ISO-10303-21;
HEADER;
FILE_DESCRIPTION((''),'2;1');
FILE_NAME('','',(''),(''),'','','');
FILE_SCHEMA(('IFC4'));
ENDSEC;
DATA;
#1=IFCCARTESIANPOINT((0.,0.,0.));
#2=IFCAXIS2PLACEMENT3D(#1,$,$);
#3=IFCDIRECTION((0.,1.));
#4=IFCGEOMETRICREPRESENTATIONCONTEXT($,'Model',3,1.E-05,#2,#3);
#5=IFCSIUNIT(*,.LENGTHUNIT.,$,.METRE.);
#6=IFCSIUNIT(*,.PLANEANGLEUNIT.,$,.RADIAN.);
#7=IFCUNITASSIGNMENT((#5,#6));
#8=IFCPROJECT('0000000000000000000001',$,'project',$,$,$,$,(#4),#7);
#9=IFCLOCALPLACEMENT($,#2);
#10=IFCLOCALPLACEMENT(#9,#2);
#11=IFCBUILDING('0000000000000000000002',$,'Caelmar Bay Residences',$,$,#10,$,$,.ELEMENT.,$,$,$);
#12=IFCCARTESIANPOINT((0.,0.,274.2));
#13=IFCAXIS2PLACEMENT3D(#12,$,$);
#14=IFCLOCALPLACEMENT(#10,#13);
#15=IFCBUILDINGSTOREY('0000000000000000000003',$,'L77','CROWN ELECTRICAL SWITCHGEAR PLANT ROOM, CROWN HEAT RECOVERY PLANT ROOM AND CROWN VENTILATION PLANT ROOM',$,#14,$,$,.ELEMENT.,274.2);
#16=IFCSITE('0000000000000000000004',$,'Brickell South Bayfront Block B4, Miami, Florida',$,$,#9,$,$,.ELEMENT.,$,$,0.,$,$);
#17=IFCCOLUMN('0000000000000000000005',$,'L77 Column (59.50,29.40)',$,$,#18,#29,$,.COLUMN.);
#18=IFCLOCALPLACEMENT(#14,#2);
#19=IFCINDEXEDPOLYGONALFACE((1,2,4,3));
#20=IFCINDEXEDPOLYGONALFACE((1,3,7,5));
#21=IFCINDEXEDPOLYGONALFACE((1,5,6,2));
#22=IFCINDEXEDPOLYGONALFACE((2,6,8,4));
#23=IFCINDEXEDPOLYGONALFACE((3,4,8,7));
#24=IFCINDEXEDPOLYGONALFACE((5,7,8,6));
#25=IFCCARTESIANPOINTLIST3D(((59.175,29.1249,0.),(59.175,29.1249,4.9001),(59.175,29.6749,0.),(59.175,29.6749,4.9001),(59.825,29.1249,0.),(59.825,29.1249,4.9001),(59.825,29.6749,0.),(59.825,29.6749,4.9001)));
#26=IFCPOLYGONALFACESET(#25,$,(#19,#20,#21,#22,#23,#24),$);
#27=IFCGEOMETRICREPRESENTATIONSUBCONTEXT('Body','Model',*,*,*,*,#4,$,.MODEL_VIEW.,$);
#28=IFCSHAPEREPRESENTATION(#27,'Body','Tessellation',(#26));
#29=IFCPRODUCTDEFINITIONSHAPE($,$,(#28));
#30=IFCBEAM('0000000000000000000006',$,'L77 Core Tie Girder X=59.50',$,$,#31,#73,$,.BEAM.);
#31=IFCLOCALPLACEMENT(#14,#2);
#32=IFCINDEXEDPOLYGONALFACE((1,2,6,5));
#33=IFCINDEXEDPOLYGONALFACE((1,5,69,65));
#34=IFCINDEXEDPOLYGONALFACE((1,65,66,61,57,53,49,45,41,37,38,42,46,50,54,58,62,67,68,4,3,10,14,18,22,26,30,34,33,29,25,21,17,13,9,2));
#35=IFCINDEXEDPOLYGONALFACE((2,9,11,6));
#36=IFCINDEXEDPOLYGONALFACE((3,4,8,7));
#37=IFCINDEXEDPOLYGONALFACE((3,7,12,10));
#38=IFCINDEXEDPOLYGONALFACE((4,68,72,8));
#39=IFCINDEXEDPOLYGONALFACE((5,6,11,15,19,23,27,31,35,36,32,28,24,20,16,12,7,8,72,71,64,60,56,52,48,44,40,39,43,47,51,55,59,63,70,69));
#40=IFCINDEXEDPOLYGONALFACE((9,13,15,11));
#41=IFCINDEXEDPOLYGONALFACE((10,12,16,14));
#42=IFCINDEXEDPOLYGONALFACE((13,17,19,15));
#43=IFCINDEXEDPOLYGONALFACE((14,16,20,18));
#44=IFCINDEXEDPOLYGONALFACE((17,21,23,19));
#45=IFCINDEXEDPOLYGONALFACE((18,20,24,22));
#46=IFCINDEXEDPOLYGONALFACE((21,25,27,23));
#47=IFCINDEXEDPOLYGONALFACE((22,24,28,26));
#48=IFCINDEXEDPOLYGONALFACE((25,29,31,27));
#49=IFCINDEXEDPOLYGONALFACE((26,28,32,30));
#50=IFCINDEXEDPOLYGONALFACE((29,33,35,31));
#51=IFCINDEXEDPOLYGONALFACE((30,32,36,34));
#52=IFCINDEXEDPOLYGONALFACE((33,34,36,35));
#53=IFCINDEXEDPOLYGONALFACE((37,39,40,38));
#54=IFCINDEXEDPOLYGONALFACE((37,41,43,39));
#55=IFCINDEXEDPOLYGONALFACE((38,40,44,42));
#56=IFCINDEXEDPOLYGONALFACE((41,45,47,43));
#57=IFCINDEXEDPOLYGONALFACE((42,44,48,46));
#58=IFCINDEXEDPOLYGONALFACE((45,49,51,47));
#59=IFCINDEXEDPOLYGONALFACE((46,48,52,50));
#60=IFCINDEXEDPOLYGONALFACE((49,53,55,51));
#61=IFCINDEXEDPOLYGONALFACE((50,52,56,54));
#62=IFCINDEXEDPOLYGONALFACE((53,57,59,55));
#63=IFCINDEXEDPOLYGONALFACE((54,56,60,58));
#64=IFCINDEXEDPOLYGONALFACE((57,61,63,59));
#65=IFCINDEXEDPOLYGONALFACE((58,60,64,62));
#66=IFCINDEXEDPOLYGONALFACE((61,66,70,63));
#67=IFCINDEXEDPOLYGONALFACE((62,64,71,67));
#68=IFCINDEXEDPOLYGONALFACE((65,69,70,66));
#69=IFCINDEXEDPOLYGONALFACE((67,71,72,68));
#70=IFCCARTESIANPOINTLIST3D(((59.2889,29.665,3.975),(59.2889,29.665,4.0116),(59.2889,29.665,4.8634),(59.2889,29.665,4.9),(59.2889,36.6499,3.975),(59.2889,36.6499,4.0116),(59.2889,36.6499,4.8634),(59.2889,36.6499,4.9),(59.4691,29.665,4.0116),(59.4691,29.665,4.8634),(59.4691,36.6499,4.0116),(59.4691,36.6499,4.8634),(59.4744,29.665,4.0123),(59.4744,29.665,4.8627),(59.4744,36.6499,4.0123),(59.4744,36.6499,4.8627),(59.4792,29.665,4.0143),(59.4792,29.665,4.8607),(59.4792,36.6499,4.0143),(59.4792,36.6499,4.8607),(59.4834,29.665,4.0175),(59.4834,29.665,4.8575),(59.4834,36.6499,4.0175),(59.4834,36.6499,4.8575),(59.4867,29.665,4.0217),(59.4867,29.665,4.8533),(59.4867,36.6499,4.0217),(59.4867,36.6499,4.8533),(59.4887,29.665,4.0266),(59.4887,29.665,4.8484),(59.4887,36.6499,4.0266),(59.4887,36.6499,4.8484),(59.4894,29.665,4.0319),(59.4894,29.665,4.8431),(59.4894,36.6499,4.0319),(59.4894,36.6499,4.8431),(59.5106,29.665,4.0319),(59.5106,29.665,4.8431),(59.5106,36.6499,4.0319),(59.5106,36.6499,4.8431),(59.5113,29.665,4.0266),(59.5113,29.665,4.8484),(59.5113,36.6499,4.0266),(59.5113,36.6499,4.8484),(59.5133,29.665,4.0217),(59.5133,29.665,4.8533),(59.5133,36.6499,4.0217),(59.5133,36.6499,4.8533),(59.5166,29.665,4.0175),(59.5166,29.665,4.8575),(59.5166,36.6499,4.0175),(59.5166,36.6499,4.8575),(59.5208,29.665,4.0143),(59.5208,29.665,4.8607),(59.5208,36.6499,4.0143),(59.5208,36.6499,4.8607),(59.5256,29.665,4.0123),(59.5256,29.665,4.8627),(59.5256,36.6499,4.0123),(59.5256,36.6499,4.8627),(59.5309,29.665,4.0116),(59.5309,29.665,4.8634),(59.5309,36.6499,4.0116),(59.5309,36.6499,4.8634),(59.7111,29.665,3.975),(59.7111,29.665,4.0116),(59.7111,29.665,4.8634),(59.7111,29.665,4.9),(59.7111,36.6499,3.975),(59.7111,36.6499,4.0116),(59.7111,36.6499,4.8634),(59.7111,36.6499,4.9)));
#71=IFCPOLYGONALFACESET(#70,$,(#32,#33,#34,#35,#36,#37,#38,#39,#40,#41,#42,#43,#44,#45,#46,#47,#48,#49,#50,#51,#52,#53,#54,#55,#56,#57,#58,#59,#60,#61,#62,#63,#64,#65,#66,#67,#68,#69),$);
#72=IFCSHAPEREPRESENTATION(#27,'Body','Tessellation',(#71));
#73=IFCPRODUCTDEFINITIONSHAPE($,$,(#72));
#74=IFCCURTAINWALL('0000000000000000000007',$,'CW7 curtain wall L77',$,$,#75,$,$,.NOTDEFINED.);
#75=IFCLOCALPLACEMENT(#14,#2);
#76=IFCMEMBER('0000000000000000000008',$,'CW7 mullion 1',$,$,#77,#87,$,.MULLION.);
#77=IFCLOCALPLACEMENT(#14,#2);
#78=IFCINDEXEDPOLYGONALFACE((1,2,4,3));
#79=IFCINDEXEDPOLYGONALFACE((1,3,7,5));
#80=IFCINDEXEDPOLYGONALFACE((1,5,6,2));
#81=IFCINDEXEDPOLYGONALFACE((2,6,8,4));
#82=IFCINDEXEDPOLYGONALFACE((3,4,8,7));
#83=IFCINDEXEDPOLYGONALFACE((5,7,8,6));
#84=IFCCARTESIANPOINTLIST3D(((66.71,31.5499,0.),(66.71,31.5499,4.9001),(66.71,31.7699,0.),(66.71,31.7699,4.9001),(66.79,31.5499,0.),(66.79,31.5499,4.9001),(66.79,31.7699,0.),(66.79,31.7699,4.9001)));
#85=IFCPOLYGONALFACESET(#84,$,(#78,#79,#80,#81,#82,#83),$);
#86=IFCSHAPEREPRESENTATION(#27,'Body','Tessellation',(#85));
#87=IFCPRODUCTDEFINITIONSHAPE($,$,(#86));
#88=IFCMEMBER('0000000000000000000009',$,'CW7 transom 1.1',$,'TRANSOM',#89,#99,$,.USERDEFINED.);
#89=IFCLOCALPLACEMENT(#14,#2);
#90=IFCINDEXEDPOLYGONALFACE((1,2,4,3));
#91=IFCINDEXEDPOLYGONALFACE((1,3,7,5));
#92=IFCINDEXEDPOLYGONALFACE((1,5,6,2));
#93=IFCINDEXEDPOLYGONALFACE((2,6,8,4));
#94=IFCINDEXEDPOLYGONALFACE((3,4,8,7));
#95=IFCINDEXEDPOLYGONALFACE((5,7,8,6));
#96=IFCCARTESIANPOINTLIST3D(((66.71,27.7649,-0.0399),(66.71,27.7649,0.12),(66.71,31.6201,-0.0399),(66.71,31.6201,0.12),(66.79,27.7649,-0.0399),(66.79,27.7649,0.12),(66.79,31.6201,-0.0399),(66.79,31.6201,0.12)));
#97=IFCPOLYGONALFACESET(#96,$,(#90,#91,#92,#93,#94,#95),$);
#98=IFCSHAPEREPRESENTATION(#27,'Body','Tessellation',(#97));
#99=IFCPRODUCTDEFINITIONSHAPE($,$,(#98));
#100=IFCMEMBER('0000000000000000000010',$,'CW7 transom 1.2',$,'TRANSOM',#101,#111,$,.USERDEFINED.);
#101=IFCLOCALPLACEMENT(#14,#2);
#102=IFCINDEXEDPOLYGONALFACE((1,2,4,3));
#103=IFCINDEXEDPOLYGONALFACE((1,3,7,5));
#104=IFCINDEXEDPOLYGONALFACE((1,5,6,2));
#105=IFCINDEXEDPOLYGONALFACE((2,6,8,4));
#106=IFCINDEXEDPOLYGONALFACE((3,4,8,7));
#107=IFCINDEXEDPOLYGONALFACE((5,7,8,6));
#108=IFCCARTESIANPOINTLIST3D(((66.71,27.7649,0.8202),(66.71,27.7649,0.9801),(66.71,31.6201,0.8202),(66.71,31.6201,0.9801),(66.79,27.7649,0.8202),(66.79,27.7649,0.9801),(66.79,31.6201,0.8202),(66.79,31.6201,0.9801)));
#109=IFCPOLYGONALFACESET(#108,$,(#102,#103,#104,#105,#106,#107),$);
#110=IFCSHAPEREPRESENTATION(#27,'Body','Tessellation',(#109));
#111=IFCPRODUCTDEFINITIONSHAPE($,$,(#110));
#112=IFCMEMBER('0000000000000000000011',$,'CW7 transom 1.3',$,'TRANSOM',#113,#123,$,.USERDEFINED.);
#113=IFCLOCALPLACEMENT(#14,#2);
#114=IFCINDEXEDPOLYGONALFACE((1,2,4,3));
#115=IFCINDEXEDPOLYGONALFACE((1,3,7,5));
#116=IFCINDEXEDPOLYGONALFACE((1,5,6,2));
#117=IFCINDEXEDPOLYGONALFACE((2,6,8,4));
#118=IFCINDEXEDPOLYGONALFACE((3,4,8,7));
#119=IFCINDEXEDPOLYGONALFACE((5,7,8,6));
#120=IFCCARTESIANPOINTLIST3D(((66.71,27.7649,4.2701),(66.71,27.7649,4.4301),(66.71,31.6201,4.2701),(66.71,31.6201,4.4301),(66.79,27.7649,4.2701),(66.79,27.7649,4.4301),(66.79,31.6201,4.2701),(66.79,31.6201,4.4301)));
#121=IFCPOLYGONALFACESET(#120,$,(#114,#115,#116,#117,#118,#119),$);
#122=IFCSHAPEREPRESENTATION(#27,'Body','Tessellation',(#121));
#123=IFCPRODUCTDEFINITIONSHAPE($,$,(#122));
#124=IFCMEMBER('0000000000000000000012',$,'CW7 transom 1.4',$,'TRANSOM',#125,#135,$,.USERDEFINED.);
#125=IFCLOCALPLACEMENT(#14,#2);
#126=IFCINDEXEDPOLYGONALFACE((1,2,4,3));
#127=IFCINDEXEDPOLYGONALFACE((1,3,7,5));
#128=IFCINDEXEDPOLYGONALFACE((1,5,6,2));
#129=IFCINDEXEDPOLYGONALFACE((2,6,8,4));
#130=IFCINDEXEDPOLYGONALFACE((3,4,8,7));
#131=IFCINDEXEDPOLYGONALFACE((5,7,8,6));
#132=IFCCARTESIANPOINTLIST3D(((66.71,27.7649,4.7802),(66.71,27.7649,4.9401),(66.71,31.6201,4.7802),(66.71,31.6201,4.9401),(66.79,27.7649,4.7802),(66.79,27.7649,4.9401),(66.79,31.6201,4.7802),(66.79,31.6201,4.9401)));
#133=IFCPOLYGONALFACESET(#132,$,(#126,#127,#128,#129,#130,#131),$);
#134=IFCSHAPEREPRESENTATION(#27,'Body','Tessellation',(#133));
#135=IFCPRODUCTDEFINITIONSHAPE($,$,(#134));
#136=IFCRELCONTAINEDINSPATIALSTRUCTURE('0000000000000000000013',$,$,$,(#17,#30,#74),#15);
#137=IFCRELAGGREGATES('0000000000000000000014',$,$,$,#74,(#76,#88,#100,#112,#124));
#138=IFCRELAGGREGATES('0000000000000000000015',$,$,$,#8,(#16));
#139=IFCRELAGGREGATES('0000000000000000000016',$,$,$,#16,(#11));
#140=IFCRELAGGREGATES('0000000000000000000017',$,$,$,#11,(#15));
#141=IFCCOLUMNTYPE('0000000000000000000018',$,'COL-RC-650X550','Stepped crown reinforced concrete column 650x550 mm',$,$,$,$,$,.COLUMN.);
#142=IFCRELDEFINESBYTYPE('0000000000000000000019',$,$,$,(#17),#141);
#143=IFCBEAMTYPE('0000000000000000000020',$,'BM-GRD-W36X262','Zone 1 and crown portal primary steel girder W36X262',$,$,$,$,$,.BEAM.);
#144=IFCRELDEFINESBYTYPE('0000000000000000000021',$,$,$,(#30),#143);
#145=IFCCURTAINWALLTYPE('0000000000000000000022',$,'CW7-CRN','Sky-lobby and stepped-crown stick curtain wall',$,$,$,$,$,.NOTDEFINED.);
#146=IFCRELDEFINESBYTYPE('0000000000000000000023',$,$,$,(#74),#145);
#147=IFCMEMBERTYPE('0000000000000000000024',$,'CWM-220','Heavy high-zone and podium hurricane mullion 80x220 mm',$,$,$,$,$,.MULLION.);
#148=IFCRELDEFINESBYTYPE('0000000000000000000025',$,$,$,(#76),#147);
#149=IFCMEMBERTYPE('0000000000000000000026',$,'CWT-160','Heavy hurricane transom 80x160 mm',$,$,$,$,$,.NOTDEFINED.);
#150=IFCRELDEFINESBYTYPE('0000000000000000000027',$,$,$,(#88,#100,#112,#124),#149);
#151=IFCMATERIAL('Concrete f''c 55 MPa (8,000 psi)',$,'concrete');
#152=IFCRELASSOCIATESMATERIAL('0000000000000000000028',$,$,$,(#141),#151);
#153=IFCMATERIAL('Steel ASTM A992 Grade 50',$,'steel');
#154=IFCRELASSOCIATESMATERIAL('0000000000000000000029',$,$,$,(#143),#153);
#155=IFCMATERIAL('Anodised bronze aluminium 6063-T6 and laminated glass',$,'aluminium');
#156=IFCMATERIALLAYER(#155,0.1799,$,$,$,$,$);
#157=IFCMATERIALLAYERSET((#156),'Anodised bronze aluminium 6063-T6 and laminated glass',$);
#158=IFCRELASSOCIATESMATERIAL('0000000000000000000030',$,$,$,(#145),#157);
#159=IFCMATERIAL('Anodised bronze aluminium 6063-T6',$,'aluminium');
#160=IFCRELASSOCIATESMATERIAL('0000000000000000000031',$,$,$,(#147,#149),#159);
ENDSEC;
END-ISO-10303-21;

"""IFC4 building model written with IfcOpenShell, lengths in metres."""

from ifc_helpers import new_model, si_unit, direction, frame, origin, origin_2d, place, context, subcontext, project, spatial, rectangle, i_section, extrude, material, layer, layer_set, material_profile, profile_set, type_object, element, aggregate, save


model = new_model("IFC4")

# Units and contexts
model_context = context("Model", 3, precision=1e-05, world=origin(), true_north=direction((0.0, 1.0)))
body_context = subcontext(model_context, "Body", "Model", "MODEL_VIEW")
ifc_project = project(units=[si_unit("LENGTHUNIT", "METRE"), si_unit("PLANEANGLEUNIT", "RADIAN")], contexts=[model_context])

# Site, building, storey
site_placement = place(None, origin())
site = spatial("IfcSite", under=ifc_project, at=site_placement, Name="Brickell South Bayfront Block B4, Miami, Florida", CompositionType="ELEMENT", RefElevation=0.0)
building_placement = place(site_placement, origin())
building = spatial("IfcBuilding", under=site, at=building_placement, Name="Caelmar Bay Residences", CompositionType="ELEMENT")
storey_placement = place(building_placement, frame((0.0, 0.0, 274.2)))
storey = spatial("IfcBuildingStorey", under=building, at=storey_placement, Name="L77", Description="CROWN ELECTRICAL SWITCHGEAR PLANT ROOM, CROWN HEAT RECOVERY PLANT ROOM AND CROWN VENTILATION PLANT ROOM", CompositionType="ELEMENT", Elevation=274.2)

# Column
ifc_material_1 = material(Name="Concrete f'c 55 MPa (8,000 psi)", Category="concrete")
ifc_material_profile_1 = material_profile(ifc_material_1, rectangle(XDim=0.6499, YDim=0.55, at=origin_2d()), Name="RC-COL-650X550")
ifc_profile_set_1 = profile_set([ifc_material_profile_1], Name="Concrete f'c 55 MPa (8,000 psi)")
column_type = type_object("IfcColumnType", Name="COL-RC-650X550", Description="Stepped crown reinforced concrete column 650x550 mm", PredefinedType="COLUMN", material=ifc_profile_set_1)
column_placement = place(storey_placement, frame((59.5, 29.3999, 0.0), z_axis=(0.0, 0.0, 1.0), x_axis=(1.0, 0.0, 0.0)))
element("IfcColumn", 1, at=column_placement, inside=storey, type_object=column_type, Name="L77 Column (59.50,29.40)", PredefinedType="COLUMN", context=body_context, shape_type="SweptSolid", body=[
    extrude(rectangle(XDim=0.6499, YDim=0.55, at=origin_2d()), origin(), (0.0, 0.0, 1.0), 4.9001),
])

# Beam
ifc_material_2 = material(Name="Steel ASTM A992 Grade 50", Category="steel")
ifc_material_profile_2 = material_profile(ifc_material_2, i_section(OverallWidth=0.4221, OverallDepth=0.925, WebThickness=0.0212, FlangeThickness=0.0366, FilletRadius=0.0203, at=origin_2d()), Name="W36X262")
ifc_profile_set_2 = profile_set([ifc_material_profile_2], Name="Steel ASTM A992 Grade 50")
beam_type = type_object("IfcBeamType", Name="BM-GRD-W36X262", Description="Zone 1 and crown portal primary steel girder W36X262", PredefinedType="BEAM", material=ifc_profile_set_2)
beam_placement = place(storey_placement, frame((59.5, 29.665, 4.4375), z_axis=(0.0, 1.0, 0.0), x_axis=(-1.0, 0.0, 0.0)))
element("IfcBeam", 2, at=beam_placement, inside=storey, type_object=beam_type, Name="L77 Core Tie Girder X=59.50", PredefinedType="BEAM", context=body_context, shape_type="SweptSolid", body=[
    extrude(i_section(OverallWidth=0.4221, OverallDepth=0.925, WebThickness=0.0212, FlangeThickness=0.0366, FilletRadius=0.0203, at=origin_2d()), origin(), (0.0, 0.0, 1.0), 6.9849),
])

# Curtain wall, members
ifc_material_3 = material(Name="Anodised bronze aluminium 6063-T6 and laminated glass", Category="aluminium")
ifc_layer_1 = layer(ifc_material_3, 0.1799)
ifc_layer_set_1 = layer_set([ifc_layer_1], Name="Anodised bronze aluminium 6063-T6 and laminated glass")
curtain_wall_type = type_object("IfcCurtainWallType", Name="CW7-CRN", Description="Sky-lobby and stepped-crown stick curtain wall", PredefinedType="NOTDEFINED", material=ifc_layer_set_1)
curtain_wall_placement = place(storey_placement, origin())
curtain_wall = element("IfcCurtainWall", 3, at=curtain_wall_placement, inside=storey, type_object=curtain_wall_type, Name="CW7 curtain wall L77", PredefinedType="NOTDEFINED")
ifc_material_4 = material(Name="Anodised bronze aluminium 6063-T6", Category="aluminium")
ifc_material_profile_3 = material_profile(ifc_material_4, rectangle(XDim=0.0801, YDim=0.22, at=origin_2d()), Name="CWM-80X220")
ifc_profile_set_3 = profile_set([ifc_material_profile_3], Name="Anodised bronze aluminium 6063-T6")
member_type_1 = type_object("IfcMemberType", Name="CWM-220", Description="Heavy high-zone and podium hurricane mullion 80x220 mm", PredefinedType="MULLION", material=ifc_profile_set_3)
member_1_placement = place(storey_placement, frame((66.75, 31.6599, 0.0), z_axis=(0.0, 0.0, 1.0), x_axis=(1.0, 0.0, 0.0)))
member_1 = element("IfcMember", 4, at=member_1_placement, type_object=member_type_1, Name="CW7 mullion 1", PredefinedType="MULLION", context=body_context, shape_type="SweptSolid", body=[
    extrude(rectangle(XDim=0.0801, YDim=0.22, at=origin_2d()), origin(), (0.0, 0.0, 1.0), 4.9001),
])
ifc_material_profile_4 = material_profile(ifc_material_4, rectangle(XDim=0.0801, YDim=0.1599, at=origin_2d()), Name="CWT-80X160")
ifc_profile_set_4 = profile_set([ifc_material_profile_4], Name="Anodised bronze aluminium 6063-T6")
member_type_2 = type_object("IfcMemberType", Name="CWT-160", Description="Heavy hurricane transom 80x160 mm", PredefinedType="NOTDEFINED", material=ifc_profile_set_4)
member_2_placement = place(storey_placement, frame((66.75, 31.6201, 0.04), z_axis=(0.0, -1.0, 0.0), x_axis=(1.0, 0.0, 0.0)))
member_2 = element("IfcMember", 5, at=member_2_placement, type_object=member_type_2, Name="CW7 transom 1.1", ObjectType="TRANSOM", PredefinedType="USERDEFINED", context=body_context, shape_type="SweptSolid", body=[
    extrude(rectangle(XDim=0.0801, YDim=0.1599, at=origin_2d()), origin(), (0.0, 0.0, 1.0), 3.8552),
])
member_3_placement = place(storey_placement, frame((66.75, 31.6201, 0.9001), z_axis=(0.0, -1.0, 0.0), x_axis=(1.0, 0.0, 0.0)))
member_3 = element("IfcMember", 6, at=member_3_placement, type_object=member_type_2, Name="CW7 transom 1.2", ObjectType="TRANSOM", PredefinedType="USERDEFINED", context=body_context, shape_type="SweptSolid", body=[
    extrude(rectangle(XDim=0.0801, YDim=0.1599, at=origin_2d()), origin(), (0.0, 0.0, 1.0), 3.8552),
])
member_4_placement = place(storey_placement, frame((66.75, 31.6201, 4.3501), z_axis=(0.0, -1.0, 0.0), x_axis=(1.0, 0.0, 0.0)))
member_4 = element("IfcMember", 7, at=member_4_placement, type_object=member_type_2, Name="CW7 transom 1.3", ObjectType="TRANSOM", PredefinedType="USERDEFINED", context=body_context, shape_type="SweptSolid", body=[
    extrude(rectangle(XDim=0.0801, YDim=0.1599, at=origin_2d()), origin(), (0.0, 0.0, 1.0), 3.8552),
])
member_5_placement = place(storey_placement, frame((66.75, 31.6201, 4.8601), z_axis=(0.0, -1.0, 0.0), x_axis=(1.0, 0.0, 0.0)))
member_5 = element("IfcMember", 8, at=member_5_placement, type_object=member_type_2, Name="CW7 transom 1.4", ObjectType="TRANSOM", PredefinedType="USERDEFINED", context=body_context, shape_type="SweptSolid", body=[
    extrude(rectangle(XDim=0.0801, YDim=0.1599, at=origin_2d()), origin(), (0.0, 0.0, 1.0), 3.8552),
])

aggregate(curtain_wall, [member_1, member_2, member_3, member_4, member_5])

save(model, "model.ifc")
